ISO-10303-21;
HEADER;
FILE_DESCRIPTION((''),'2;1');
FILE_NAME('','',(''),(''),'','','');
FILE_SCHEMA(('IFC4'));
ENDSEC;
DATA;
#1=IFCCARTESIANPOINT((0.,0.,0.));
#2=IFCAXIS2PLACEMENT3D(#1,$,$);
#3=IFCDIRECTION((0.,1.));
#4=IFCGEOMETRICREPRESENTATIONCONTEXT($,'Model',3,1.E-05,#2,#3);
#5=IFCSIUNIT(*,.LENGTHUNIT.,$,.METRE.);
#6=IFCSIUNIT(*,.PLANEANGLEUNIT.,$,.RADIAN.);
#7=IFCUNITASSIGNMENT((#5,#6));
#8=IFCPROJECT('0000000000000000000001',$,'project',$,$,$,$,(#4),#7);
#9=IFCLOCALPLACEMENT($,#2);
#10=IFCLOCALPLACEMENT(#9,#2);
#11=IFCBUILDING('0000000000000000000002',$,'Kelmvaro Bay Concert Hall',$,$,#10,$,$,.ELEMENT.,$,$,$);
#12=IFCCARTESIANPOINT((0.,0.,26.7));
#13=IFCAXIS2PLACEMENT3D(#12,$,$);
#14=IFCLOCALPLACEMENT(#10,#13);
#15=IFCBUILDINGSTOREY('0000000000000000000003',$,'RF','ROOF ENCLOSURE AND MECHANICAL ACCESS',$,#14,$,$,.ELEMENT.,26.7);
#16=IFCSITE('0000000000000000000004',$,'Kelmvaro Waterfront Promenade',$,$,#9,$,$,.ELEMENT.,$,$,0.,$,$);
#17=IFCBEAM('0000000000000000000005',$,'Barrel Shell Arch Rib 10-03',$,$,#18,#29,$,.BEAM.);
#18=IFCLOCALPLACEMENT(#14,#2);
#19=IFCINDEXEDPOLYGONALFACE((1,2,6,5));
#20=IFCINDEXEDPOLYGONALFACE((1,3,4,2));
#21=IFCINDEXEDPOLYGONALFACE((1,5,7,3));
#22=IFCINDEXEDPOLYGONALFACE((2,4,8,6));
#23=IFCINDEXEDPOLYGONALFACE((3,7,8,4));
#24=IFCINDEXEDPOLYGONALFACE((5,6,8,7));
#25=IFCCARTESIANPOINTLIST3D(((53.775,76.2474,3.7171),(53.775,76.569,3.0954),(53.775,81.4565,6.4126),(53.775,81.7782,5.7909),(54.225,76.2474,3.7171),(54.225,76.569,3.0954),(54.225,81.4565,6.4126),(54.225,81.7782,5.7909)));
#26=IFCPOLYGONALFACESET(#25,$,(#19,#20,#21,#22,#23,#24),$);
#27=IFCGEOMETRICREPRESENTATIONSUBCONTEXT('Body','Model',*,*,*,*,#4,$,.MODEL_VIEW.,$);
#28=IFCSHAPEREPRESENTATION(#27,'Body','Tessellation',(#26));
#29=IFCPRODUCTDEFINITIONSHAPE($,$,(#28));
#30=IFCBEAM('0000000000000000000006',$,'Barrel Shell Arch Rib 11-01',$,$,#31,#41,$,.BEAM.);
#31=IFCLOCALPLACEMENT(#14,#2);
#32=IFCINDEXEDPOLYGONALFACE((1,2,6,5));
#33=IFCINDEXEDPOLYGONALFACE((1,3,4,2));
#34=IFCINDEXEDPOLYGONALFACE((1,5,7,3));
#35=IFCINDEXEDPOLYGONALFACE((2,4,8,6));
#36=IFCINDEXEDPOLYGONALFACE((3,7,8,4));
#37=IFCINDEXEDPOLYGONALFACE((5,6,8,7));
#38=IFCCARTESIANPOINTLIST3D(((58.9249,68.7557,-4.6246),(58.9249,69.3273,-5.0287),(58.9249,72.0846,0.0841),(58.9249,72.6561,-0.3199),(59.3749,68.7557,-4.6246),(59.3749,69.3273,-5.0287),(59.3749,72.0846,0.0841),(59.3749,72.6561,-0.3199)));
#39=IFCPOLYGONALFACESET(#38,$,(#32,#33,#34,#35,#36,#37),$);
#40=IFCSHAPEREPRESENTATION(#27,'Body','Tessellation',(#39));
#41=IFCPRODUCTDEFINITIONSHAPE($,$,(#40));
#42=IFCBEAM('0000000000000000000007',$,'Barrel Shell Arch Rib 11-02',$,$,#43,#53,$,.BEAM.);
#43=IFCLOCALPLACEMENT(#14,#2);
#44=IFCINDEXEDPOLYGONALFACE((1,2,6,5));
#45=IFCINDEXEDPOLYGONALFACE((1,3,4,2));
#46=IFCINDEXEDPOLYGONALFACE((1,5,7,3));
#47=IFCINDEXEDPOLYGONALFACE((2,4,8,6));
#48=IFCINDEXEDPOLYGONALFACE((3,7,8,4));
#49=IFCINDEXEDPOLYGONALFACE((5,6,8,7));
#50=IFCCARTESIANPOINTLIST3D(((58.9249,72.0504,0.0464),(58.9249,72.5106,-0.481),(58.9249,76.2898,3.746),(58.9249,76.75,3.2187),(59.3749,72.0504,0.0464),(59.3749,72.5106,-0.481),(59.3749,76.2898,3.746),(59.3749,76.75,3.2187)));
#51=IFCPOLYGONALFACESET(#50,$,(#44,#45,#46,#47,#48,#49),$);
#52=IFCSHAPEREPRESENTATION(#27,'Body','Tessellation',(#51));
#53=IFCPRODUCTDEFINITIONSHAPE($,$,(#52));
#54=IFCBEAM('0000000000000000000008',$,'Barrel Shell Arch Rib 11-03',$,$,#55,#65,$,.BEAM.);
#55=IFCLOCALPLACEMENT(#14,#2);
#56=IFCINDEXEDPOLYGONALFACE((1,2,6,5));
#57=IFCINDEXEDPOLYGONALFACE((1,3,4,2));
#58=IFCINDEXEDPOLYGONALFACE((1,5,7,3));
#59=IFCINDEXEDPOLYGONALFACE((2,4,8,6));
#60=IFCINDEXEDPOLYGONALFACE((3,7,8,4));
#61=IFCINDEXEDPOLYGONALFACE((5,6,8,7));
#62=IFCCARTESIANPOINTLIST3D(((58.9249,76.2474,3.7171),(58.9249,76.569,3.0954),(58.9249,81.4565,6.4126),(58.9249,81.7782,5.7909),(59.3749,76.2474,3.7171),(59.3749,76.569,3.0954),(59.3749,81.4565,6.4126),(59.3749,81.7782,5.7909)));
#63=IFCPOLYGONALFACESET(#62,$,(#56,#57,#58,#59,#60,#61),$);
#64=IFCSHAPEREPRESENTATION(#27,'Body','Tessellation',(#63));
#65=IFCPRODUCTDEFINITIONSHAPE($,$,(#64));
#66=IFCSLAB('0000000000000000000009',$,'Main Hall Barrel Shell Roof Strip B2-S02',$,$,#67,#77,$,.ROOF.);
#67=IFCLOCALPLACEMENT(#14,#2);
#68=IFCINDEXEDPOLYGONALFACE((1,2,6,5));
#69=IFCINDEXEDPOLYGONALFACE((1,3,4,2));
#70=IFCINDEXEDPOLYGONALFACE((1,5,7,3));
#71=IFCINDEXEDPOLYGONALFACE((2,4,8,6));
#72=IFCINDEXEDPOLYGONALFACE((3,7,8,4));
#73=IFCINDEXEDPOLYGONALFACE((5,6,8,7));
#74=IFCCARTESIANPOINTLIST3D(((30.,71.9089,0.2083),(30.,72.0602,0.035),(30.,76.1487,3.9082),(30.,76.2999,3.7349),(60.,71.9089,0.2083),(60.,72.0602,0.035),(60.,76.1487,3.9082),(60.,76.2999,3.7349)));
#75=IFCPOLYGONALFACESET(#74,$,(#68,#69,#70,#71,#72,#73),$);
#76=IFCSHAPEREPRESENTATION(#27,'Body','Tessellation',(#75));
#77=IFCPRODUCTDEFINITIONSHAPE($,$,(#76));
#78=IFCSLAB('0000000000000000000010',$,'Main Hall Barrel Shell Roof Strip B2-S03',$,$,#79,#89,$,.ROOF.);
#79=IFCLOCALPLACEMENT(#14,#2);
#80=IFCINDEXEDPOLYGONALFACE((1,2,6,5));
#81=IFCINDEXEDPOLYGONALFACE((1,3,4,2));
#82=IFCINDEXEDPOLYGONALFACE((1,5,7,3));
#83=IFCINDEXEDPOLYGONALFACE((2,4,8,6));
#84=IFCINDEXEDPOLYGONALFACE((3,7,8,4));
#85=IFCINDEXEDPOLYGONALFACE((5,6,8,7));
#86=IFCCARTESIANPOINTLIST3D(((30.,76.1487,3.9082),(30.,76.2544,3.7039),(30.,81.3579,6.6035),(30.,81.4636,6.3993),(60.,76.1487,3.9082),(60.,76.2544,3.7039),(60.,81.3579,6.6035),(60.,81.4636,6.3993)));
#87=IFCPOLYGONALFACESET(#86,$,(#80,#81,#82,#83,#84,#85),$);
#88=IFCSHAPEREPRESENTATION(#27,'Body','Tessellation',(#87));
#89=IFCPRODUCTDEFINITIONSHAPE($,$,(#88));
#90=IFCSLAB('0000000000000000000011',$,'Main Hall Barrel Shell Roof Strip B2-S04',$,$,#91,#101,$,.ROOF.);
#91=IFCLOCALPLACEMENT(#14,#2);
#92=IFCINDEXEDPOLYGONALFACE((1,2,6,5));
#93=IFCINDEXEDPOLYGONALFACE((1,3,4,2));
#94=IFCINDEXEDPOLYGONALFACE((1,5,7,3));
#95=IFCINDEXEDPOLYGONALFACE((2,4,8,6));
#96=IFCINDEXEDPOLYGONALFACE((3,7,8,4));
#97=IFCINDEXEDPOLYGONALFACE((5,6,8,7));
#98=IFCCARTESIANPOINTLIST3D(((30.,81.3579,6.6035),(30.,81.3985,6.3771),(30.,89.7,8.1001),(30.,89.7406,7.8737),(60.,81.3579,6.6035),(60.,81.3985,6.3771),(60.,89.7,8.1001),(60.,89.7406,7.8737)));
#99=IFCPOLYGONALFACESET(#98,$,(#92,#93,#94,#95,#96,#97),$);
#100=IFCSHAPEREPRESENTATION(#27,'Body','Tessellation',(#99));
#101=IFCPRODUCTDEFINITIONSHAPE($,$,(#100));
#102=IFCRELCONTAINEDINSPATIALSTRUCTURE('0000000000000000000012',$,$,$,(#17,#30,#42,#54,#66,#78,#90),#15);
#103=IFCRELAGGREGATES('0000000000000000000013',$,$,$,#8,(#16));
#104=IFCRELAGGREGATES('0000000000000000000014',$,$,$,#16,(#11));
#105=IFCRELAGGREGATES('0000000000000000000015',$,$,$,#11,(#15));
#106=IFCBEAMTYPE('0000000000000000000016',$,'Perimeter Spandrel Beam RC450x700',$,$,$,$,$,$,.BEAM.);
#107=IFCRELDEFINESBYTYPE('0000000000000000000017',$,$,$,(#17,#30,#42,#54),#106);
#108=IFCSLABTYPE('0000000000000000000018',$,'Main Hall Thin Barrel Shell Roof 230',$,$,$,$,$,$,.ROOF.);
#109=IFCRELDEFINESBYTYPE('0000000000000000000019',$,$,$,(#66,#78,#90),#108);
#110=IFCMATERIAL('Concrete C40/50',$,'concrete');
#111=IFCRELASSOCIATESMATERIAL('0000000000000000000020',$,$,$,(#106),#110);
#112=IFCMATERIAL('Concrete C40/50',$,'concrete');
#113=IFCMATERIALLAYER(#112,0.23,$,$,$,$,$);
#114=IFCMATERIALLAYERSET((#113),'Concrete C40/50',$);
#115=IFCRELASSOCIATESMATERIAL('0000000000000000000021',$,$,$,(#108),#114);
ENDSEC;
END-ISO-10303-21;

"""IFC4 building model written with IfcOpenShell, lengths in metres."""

from ifc_helpers import new_model, si_unit, direction, frame, origin, origin_2d, place, context, subcontext, project, spatial, polyline, rectangle, outline, extrude, material, layer, layer_set, material_profile, profile_set, type_object, element, save


model = new_model("IFC4")

# Units and contexts
model_context = context("Model", 3, precision=1e-05, world=origin(), true_north=direction((0.0, 1.0)))
body_context = subcontext(model_context, "Body", "Model", "MODEL_VIEW")
ifc_project = project(units=[si_unit("LENGTHUNIT", "METRE"), si_unit("PLANEANGLEUNIT", "RADIAN")], contexts=[model_context])

# Site, building, storey
site_placement = place(None, origin())
site = spatial("IfcSite", under=ifc_project, at=site_placement, Name="Kelmvaro Waterfront Promenade", CompositionType="ELEMENT", RefElevation=0.0)
building_placement = place(site_placement, origin())
building = spatial("IfcBuilding", under=site, at=building_placement, Name="Kelmvaro Bay Concert Hall", CompositionType="ELEMENT")
storey_placement = place(building_placement, frame((0.0, 0.0, 26.7)))
storey = spatial("IfcBuildingStorey", under=building, at=storey_placement, Name="RF", Description="ROOF ENCLOSURE AND MECHANICAL ACCESS", CompositionType="ELEMENT", Elevation=26.7)

# Beams
ifc_material_1 = material(Name="Concrete C40/50", Category="concrete")
ifc_material_profile = material_profile(ifc_material_1, rectangle(XDim=0.45, YDim=0.7, at=origin_2d()), Name="RC-BM-450X700")
ifc_profile_set = profile_set([ifc_material_profile], Name="Concrete C40/50")
beam_type = type_object("IfcBeamType", Name="Perimeter Spandrel Beam RC450x700", PredefinedType="BEAM", material=ifc_profile_set)
beam_1_placement = place(storey_placement, frame((54.0, 76.4082, 3.4062), z_axis=(0.0, 0.888139, 0.459575), x_axis=(-1.0, 0.0, 0.0)))
element("IfcBeam", 1, at=beam_1_placement, inside=storey, type_object=beam_type, Name="Barrel Shell Arch Rib 10-03", PredefinedType="BEAM", context=body_context, shape_type="SweptSolid", body=[
    extrude(rectangle(XDim=0.45, YDim=0.7, at=origin_2d()), origin(), (0.0, 0.0, 1.0), 5.8652),
])
beam_2_placement = place(storey_placement, frame((59.1499, 69.0415, -4.8267), z_axis=(0.0, 0.577266, 0.816556), x_axis=(-1.0, 0.0, 0.0)))
element("IfcBeam", 2, at=beam_2_placement, inside=storey, type_object=beam_type, Name="Barrel Shell Arch Rib 11-01", PredefinedType="BEAM", context=body_context, shape_type="SweptSolid", body=[
    extrude(rectangle(XDim=0.45, YDim=0.7, at=origin_2d()), origin(), (0.0, 0.0, 1.0), 5.7666),
])
beam_3_placement = place(storey_placement, frame((59.1499, 72.2805, -0.2173), z_axis=(0.0, 0.753444, 0.657512), x_axis=(-1.0, 0.0, 0.0)))
element("IfcBeam", 3, at=beam_3_placement, inside=storey, type_object=beam_type, Name="Barrel Shell Arch Rib 11-02", PredefinedType="BEAM", context=body_context, shape_type="SweptSolid", body=[
    extrude(rectangle(XDim=0.45, YDim=0.7, at=origin_2d()), origin(), (0.0, 0.0, 1.0), 5.6267),
])
beam_4_placement = place(storey_placement, frame((59.1499, 76.4082, 3.4062), z_axis=(0.0, 0.888139, 0.459575), x_axis=(-1.0, 0.0, 0.0)))
element("IfcBeam", 4, at=beam_4_placement, inside=storey, type_object=beam_type, Name="Barrel Shell Arch Rib 11-03", PredefinedType="BEAM", context=body_context, shape_type="SweptSolid", body=[
    extrude(rectangle(XDim=0.45, YDim=0.7, at=origin_2d()), origin(), (0.0, 0.0, 1.0), 5.8652),
])

# Slabs
ifc_material_2 = material(Name="Concrete C40/50", Category="concrete")
ifc_layer = layer(ifc_material_2, 0.23)
ifc_layer_set = layer_set([ifc_layer], Name="Concrete C40/50")
slab_type = type_object("IfcSlabType", Name="Main Hall Thin Barrel Shell Roof 230", PredefinedType="ROOF", material=ifc_layer_set)
slab_1_placement = place(storey_placement, frame((30.0, 71.9089, 0.2083), z_axis=(0.0, -0.657515, 0.753441), x_axis=(1.0, 0.0, 0.0)))
element("IfcSlab", 5, at=slab_1_placement, inside=storey, type_object=slab_type, Name="Main Hall Barrel Shell Roof Strip B2-S02", PredefinedType="ROOF", context=body_context, shape_type="SweptSolid", body=[
    extrude(outline(polyline([(0.0, 0.0), (30.0, 0.0), (30.0, 5.6272), (0.0, 5.6272), (0.0, 0.0)])), origin(), (0.0, 0.0, -1.0), 0.23),
])
slab_2_placement = place(storey_placement, frame((30.0, 76.1487, 3.9082), z_axis=(0.0, -0.459542, 0.888156), x_axis=(1.0, 0.0, 0.0)))
element("IfcSlab", 6, at=slab_2_placement, inside=storey, type_object=slab_type, Name="Main Hall Barrel Shell Roof Strip B2-S03", PredefinedType="ROOF", context=body_context, shape_type="SweptSolid", body=[
    extrude(outline(polyline([(0.0, 0.0), (30.0, 0.0), (30.0, 5.8652), (0.0, 5.8652), (0.0, 0.0)])), origin(), (0.0, 0.0, -1.0), 0.23),
])
slab_3_placement = place(storey_placement, frame((30.0, 81.3579, 6.6035), z_axis=(0.0, -0.176583, 0.984286), x_axis=(1.0, 0.0, 0.0)))
element("IfcSlab", 7, at=slab_3_placement, inside=storey, type_object=slab_type, Name="Main Hall Barrel Shell Roof Strip B2-S04", PredefinedType="ROOF", context=body_context, shape_type="SweptSolid", body=[
    extrude(outline(polyline([(0.0, 0.0), (30.0, 0.0), (30.0, 8.4752), (0.0, 8.4752), (0.0, 0.0)])), origin(), (0.0, 0.0, -1.0), 0.23),
])

save(model, "model.ifc")
